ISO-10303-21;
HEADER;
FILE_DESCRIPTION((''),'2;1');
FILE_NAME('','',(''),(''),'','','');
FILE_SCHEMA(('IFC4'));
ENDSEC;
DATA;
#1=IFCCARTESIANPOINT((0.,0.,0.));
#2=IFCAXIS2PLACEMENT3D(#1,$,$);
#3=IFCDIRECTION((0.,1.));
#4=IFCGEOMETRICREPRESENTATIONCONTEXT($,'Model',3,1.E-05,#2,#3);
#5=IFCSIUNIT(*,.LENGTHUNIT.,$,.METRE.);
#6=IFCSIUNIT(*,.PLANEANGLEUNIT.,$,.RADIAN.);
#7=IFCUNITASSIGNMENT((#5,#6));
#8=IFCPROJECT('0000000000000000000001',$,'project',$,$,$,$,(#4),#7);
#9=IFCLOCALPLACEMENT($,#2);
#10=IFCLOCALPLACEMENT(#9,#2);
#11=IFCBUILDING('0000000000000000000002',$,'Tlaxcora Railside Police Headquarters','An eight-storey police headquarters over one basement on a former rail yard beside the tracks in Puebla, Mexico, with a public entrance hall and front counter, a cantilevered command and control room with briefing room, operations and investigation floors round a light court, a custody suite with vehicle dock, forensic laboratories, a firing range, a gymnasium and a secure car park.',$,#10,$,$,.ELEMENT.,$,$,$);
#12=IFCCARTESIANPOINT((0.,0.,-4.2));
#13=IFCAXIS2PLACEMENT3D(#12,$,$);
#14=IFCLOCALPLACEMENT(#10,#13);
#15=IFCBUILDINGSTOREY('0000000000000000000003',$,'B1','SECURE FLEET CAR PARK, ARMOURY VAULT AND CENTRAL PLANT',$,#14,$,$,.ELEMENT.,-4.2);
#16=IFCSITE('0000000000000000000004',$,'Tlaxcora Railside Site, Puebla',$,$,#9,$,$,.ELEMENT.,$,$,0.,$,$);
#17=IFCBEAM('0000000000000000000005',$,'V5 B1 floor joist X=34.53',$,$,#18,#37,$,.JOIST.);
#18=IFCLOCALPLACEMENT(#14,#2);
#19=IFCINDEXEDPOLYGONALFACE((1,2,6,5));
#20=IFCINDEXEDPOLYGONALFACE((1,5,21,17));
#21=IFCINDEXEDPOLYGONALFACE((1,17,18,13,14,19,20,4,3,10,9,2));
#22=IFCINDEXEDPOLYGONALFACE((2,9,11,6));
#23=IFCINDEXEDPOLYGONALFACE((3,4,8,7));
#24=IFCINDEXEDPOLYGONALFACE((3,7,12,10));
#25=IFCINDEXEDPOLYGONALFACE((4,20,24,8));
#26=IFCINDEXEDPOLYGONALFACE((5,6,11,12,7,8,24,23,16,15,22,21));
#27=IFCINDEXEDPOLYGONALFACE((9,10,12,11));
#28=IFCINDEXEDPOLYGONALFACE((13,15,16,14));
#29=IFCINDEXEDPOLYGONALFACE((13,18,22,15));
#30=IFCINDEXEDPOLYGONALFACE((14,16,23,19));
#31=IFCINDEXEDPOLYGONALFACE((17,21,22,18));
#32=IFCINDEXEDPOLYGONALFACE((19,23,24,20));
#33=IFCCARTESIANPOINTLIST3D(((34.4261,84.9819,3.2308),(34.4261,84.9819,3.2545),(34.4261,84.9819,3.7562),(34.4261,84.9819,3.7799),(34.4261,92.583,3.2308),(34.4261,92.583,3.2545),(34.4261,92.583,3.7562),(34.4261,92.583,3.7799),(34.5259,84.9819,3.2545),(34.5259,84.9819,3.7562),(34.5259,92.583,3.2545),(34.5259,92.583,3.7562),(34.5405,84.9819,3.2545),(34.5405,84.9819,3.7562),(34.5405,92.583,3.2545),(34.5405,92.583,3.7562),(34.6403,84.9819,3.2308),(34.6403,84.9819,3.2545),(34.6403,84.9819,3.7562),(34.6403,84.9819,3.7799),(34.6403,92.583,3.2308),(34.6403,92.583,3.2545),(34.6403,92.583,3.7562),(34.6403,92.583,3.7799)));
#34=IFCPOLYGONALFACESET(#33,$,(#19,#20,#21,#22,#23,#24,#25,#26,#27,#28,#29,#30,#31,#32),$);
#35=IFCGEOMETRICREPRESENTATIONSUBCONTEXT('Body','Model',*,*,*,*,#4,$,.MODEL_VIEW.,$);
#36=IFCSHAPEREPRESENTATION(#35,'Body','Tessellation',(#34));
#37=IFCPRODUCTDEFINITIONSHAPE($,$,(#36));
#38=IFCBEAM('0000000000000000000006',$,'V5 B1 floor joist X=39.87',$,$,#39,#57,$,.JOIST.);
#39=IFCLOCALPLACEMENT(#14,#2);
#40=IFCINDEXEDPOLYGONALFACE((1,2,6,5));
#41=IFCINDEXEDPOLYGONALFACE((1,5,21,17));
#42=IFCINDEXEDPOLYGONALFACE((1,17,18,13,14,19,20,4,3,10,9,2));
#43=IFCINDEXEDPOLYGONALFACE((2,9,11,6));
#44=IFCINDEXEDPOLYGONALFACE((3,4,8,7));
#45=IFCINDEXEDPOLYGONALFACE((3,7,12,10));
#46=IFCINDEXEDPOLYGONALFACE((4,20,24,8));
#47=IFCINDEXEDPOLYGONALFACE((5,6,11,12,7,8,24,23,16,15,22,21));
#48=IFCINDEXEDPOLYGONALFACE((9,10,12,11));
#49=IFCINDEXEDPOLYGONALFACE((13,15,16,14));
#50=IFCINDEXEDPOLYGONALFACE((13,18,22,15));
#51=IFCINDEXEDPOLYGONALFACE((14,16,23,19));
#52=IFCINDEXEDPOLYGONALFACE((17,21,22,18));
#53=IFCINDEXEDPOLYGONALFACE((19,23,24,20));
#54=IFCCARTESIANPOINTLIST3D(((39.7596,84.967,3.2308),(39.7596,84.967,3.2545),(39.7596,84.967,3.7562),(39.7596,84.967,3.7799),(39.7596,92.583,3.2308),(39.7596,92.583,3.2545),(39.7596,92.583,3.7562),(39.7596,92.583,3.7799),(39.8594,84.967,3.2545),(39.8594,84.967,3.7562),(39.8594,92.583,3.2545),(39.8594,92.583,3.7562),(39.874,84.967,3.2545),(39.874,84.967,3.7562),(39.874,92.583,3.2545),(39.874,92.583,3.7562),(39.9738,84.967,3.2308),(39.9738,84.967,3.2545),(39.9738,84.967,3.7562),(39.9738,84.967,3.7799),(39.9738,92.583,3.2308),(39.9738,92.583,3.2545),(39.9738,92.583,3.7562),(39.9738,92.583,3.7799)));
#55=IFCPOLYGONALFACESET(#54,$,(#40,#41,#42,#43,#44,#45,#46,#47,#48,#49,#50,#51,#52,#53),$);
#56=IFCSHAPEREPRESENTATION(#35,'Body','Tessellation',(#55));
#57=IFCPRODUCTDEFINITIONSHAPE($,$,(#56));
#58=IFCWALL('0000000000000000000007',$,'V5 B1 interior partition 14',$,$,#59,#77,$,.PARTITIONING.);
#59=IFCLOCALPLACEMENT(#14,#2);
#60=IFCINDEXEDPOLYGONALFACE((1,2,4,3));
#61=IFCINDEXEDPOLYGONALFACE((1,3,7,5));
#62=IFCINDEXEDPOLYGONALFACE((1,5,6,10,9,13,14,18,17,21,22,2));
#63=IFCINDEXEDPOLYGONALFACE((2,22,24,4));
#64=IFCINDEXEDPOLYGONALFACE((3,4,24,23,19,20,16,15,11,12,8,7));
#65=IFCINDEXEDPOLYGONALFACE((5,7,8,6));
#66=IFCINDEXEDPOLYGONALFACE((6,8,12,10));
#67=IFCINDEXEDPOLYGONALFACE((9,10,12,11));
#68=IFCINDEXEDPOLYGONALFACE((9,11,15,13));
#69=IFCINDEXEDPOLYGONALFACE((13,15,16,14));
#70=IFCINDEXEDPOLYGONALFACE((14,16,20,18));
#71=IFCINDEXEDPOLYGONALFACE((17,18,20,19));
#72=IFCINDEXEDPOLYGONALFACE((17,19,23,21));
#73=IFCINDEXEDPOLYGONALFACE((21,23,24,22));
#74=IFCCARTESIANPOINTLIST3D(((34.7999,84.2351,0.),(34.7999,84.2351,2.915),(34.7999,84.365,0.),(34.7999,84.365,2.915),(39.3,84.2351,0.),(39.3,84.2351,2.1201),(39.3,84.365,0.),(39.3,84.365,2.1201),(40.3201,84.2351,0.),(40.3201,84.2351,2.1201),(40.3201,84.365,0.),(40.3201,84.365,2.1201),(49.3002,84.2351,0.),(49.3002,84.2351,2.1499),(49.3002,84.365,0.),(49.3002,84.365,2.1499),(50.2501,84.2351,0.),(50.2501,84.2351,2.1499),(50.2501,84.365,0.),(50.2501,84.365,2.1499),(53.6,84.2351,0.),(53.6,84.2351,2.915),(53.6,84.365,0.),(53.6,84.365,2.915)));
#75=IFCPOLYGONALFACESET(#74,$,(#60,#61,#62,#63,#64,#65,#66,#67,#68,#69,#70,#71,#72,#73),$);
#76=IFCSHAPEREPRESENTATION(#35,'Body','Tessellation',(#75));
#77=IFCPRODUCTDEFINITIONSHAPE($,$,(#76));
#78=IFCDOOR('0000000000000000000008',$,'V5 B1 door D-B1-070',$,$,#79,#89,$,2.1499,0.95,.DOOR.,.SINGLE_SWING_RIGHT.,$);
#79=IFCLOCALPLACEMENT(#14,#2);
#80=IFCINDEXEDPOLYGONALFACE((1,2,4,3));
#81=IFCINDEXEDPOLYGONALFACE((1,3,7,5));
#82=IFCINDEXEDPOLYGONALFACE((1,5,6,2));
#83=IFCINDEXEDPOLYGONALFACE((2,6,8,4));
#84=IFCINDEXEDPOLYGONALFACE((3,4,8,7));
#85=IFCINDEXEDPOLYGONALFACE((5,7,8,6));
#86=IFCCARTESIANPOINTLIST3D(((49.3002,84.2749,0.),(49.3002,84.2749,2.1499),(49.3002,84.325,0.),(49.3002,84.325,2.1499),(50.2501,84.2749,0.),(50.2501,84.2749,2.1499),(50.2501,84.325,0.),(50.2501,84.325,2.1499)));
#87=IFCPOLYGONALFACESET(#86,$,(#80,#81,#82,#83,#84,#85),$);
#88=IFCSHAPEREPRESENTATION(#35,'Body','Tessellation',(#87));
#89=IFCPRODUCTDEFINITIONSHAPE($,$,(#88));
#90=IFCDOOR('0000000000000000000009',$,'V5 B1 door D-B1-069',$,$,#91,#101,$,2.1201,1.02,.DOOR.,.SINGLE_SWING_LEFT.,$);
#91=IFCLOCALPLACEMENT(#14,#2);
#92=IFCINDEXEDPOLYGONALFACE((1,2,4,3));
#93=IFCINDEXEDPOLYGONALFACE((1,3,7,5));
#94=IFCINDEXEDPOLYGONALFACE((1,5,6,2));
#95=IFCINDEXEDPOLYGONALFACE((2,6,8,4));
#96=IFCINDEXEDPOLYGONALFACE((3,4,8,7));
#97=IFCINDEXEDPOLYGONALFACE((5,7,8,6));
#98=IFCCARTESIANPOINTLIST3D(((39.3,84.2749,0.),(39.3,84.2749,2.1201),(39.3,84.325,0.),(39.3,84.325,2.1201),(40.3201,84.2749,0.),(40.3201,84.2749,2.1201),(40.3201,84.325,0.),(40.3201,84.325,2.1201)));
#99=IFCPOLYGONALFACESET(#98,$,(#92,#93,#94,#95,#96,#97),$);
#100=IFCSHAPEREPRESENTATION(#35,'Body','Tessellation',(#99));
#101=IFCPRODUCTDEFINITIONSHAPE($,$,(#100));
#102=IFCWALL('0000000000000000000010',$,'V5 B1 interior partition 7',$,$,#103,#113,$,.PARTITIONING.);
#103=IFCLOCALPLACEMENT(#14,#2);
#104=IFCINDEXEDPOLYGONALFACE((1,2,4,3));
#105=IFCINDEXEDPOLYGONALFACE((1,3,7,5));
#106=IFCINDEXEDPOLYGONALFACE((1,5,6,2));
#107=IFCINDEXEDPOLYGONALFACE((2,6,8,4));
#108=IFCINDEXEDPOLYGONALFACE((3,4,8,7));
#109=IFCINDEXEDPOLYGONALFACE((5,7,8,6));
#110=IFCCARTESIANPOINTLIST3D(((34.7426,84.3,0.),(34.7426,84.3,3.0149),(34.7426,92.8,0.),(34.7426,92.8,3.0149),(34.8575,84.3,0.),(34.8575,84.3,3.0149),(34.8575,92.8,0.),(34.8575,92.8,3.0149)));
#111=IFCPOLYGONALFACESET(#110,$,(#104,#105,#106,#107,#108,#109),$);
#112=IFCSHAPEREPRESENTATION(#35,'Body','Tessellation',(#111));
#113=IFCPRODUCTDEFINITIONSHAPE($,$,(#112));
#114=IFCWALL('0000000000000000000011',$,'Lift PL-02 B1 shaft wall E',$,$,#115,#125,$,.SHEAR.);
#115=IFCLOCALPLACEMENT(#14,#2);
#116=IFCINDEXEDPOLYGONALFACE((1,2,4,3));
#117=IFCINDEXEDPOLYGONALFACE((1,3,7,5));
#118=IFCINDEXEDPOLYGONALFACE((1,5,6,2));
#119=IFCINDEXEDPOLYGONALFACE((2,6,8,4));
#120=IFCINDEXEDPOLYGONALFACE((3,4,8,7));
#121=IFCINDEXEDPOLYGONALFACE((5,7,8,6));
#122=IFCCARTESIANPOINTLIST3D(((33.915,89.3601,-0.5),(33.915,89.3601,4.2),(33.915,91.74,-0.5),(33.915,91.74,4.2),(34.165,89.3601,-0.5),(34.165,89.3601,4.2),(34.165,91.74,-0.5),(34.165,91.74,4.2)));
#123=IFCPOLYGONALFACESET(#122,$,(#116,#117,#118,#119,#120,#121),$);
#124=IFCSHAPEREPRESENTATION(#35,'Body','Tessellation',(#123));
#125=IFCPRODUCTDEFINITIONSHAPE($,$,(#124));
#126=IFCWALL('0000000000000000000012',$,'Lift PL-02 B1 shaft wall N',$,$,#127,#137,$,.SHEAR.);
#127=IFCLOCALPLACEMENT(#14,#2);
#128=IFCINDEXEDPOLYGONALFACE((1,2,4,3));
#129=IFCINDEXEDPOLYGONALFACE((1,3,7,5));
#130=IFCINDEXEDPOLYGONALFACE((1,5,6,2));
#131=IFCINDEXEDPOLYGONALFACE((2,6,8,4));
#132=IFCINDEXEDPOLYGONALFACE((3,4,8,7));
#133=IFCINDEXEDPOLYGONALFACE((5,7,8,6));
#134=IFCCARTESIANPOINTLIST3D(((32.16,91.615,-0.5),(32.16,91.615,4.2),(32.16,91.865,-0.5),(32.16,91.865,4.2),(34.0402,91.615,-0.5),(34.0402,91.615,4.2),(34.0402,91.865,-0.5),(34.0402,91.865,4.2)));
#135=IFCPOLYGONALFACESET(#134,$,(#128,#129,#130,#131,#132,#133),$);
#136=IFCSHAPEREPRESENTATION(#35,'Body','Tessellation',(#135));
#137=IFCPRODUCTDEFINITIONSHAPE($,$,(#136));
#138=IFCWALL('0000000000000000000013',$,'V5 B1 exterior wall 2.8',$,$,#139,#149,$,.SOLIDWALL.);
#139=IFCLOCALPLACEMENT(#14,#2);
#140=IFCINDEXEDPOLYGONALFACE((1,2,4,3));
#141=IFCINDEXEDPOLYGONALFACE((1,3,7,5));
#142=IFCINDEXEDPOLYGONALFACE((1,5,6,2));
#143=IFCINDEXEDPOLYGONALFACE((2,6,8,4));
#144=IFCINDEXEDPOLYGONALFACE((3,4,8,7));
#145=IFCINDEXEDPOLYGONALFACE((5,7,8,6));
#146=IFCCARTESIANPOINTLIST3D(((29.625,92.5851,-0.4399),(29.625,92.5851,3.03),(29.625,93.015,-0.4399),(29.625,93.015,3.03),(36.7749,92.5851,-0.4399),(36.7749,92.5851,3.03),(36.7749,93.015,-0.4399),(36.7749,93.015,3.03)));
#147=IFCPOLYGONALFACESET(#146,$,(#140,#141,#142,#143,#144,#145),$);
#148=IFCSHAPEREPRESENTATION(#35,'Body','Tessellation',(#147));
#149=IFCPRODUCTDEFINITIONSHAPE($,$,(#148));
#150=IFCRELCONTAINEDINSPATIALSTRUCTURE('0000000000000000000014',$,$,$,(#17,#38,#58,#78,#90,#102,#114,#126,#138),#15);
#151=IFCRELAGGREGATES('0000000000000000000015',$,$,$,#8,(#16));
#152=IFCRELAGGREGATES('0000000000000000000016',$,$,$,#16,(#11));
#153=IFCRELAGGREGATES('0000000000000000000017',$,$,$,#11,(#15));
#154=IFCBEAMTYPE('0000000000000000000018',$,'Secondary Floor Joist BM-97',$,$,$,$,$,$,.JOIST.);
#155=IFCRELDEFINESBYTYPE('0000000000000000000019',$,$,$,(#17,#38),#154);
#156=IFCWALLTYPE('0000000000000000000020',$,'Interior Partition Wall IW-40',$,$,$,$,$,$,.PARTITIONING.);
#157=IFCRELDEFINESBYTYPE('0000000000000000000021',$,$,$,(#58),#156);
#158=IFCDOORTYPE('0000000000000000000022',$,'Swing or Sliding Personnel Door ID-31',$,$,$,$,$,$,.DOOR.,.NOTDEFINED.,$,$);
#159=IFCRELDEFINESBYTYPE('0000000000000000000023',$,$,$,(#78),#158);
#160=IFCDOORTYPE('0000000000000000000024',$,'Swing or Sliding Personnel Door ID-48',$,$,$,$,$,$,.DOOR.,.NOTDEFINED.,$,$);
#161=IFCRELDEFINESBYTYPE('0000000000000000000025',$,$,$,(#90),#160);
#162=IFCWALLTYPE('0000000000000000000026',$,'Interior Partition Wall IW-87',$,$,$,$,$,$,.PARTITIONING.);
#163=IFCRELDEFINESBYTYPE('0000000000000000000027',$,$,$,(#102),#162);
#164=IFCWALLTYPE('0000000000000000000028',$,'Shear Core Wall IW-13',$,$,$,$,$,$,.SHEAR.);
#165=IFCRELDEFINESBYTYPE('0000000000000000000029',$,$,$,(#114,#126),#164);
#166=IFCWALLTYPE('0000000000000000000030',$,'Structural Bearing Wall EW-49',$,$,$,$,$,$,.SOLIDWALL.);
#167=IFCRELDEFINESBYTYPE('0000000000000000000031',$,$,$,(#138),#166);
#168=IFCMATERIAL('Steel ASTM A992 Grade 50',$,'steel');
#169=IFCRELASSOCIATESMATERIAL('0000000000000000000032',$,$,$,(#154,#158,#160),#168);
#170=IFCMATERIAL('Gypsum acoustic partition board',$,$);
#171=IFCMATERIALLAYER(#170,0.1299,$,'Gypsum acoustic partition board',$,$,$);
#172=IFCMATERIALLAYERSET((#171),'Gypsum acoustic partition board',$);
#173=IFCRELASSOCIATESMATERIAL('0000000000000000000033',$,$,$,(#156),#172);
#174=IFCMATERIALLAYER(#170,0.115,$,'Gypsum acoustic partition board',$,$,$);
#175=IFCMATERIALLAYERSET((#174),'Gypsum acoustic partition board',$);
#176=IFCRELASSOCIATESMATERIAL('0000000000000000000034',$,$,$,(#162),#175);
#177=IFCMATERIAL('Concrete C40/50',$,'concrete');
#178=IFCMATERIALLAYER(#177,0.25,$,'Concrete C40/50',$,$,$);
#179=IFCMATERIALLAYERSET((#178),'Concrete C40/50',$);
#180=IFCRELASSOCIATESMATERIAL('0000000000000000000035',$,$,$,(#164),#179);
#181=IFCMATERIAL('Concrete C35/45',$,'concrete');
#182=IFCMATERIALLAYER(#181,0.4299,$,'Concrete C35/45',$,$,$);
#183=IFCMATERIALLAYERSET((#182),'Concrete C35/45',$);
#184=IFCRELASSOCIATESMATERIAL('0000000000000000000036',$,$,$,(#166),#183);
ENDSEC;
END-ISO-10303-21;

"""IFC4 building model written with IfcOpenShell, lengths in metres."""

from ifc_helpers import new_model, si_unit, direction, frame, frame_2d, origin, origin_2d, place, context, subcontext, project, spatial, rectangle, i_section, extrude, material, layer, layer_set, material_profile, profile_set, type_object, element, fill, save


model = new_model("IFC4")

# Units and contexts
model_context = context("Model", 3, precision=1e-05, world=origin(), true_north=direction((0.0, 1.0)))
body_context = subcontext(model_context, "Body", "Model", "MODEL_VIEW")
ifc_project = project(units=[si_unit("LENGTHUNIT", "METRE"), si_unit("PLANEANGLEUNIT", "RADIAN")], contexts=[model_context])

# Site, building, storey
site_placement = place(None, origin())
site = spatial("IfcSite", under=ifc_project, at=site_placement, Name="Tlaxcora Railside Site, Puebla", CompositionType="ELEMENT", RefElevation=0.0)
building_placement = place(site_placement, origin())
building = spatial("IfcBuilding", under=site, at=building_placement, Name="Tlaxcora Railside Police Headquarters", Description="An eight-storey police headquarters over one basement on a former rail yard beside the tracks in Puebla, Mexico, with a public entrance hall and front counter, a cantilevered command and control room with briefing room, operations and investigation floors round a light court, a custody suite with vehicle dock, forensic laboratories, a firing range, a gymnasium and a secure car park.", CompositionType="ELEMENT")
storey_placement = place(building_placement, frame((0.0, 0.0, -4.2)))
storey = spatial("IfcBuildingStorey", under=building, at=storey_placement, Name="B1", Description="SECURE FLEET CAR PARK, ARMOURY VAULT AND CENTRAL PLANT", CompositionType="ELEMENT", Elevation=-4.2)

# Shared definitions
ifc_material_1 = material(Name="Concrete C35/45", Category="concrete")

# Shared definitions
ifc_material_2 = material(Name="Concrete C40/50", Category="concrete")

# Beams
ifc_material_3 = material(Name="Steel ASTM A992 Grade 50", Category="steel")
ifc_material_profile_1 = material_profile(ifc_material_3, i_section(OverallWidth=0.2141, OverallDepth=0.5491, WebThickness=0.0146, FlangeThickness=0.0237, at=origin_2d()), Name="W21X93")
ifc_profile_set_1 = profile_set([ifc_material_profile_1], Name="Steel ASTM A992 Grade 50")
beam_type_1 = type_object("IfcBeamType", Name="Secondary Floor Joist BM-97", PredefinedType="JOIST", material=ifc_profile_set_1)
beam_1_placement = place(storey_placement, frame((34.5332, 84.9819, 3.5054), z_axis=(0.0, 1.0, 0.0), x_axis=(-1.0, 0.0, 0.0)))
element("IfcBeam", 1, at=beam_1_placement, inside=storey, type_object=beam_type_1, Name="V5 B1 floor joist X=34.53", PredefinedType="JOIST", context=body_context, shape_type="SweptSolid", body=[
    extrude(i_section(OverallWidth=0.2141, OverallDepth=0.5491, WebThickness=0.0146, FlangeThickness=0.0237, at=origin_2d()), origin(), (0.0, 0.0, 1.0), 7.6011),
])
beam_2_placement = place(storey_placement, frame((39.8667, 84.967, 3.5054), z_axis=(0.0, 1.0, 0.0), x_axis=(-1.0, 0.0, 0.0)))
element("IfcBeam", 2, at=beam_2_placement, inside=storey, type_object=beam_type_1, Name="V5 B1 floor joist X=39.87", PredefinedType="JOIST", context=body_context, shape_type="SweptSolid", body=[
    extrude(i_section(OverallWidth=0.2141, OverallDepth=0.5491, WebThickness=0.0146, FlangeThickness=0.0237, at=origin_2d()), origin(), (0.0, 0.0, 1.0), 7.616),
])

# Wall, openings, doors
ifc_material_4 = material(Name="Gypsum acoustic partition board")
ifc_layer_1 = layer(ifc_material_4, 0.1299, Name="Gypsum acoustic partition board")
ifc_layer_set_1 = layer_set([ifc_layer_1], Name="Gypsum acoustic partition board")
wall_type_1 = type_object("IfcWallType", Name="Interior Partition Wall IW-40", PredefinedType="PARTITIONING", material=ifc_layer_set_1)
wall_1_placement = place(storey_placement, frame((34.8, 84.3, 0.0), z_axis=(0.0, 0.0, 1.0), x_axis=(1.0, 0.0, 0.0)))
wall_1 = element("IfcWall", 3, at=wall_1_placement, inside=storey, type_object=wall_type_1, Name="V5 B1 interior partition 14", PredefinedType="PARTITIONING", context=body_context, shape_type="SweptSolid", body=[
    extrude(rectangle(XDim=18.8, YDim=0.1299, at=frame_2d((9.3999, 0.0))), origin(), (0.0, 0.0, 1.0), 2.915),
])
opening_1_placement = place(wall_1_placement, frame((4.5, 0.0, 0.0)))
opening_1 = element("IfcOpeningElement", 4, at=opening_1_placement, cuts=wall_1, PredefinedType="OPENING", context=body_context, shape_type="SweptSolid", body=[
    extrude(rectangle(XDim=1.02, YDim=2.1201, at=frame_2d((0.51, 1.0601))), frame((0.0, 0.075, 0.0), z_axis=(0.0, -1.0, 0.0), x_axis=(1.0, 0.0, 0.0)), (0.0, 0.0, 1.0), 0.1499),
])
opening_2_placement = place(wall_1_placement, frame((14.5, 0.0, 0.0)))
opening_2 = element("IfcOpeningElement", 5, at=opening_2_placement, cuts=wall_1, PredefinedType="OPENING", context=body_context, shape_type="SweptSolid", body=[
    extrude(rectangle(XDim=0.95, YDim=2.1499, at=frame_2d((0.4751, 1.075))), frame((0.0, 0.075, 0.0), z_axis=(0.0, -1.0, 0.0), x_axis=(1.0, 0.0, 0.0)), (0.0, 0.0, 1.0), 0.1499),
])
door_type_1 = type_object("IfcDoorType", Name="Swing or Sliding Personnel Door ID-31", OperationType="NOTDEFINED", PredefinedType="DOOR", material=ifc_material_3)
door_1_placement = place(opening_2_placement, origin())
door_1 = element("IfcDoor", 6, at=door_1_placement, inside=storey, type_object=door_type_1, Name="V5 B1 door D-B1-070", OperationType="SINGLE_SWING_RIGHT", OverallHeight=2.1499, OverallWidth=0.95, PredefinedType="DOOR", context=body_context, shape_type="SweptSolid", body=[
    extrude(rectangle(XDim=0.95, YDim=2.1499, at=frame_2d((0.4751, 1.075))), frame((0.0, 0.0249, 0.0), z_axis=(0.0, -1.0, 0.0), x_axis=(1.0, 0.0, 0.0)), (0.0, 0.0, 1.0), 0.05),
])
fill(opening_2, door_1)
door_type_2 = type_object("IfcDoorType", Name="Swing or Sliding Personnel Door ID-48", OperationType="NOTDEFINED", PredefinedType="DOOR", material=ifc_material_3)
door_2_placement = place(opening_1_placement, origin())
door_2 = element("IfcDoor", 7, at=door_2_placement, inside=storey, type_object=door_type_2, Name="V5 B1 door D-B1-069", OperationType="SINGLE_SWING_LEFT", OverallHeight=2.1201, OverallWidth=1.02, PredefinedType="DOOR", context=body_context, shape_type="SweptSolid", body=[
    extrude(rectangle(XDim=1.02, YDim=2.1201, at=frame_2d((0.51, 1.0601))), frame((0.0, 0.0249, 0.0), z_axis=(0.0, -1.0, 0.0), x_axis=(1.0, 0.0, 0.0)), (0.0, 0.0, 1.0), 0.05),
])
fill(opening_1, door_2)

# Walls
ifc_layer_2 = layer(ifc_material_4, 0.115, Name="Gypsum acoustic partition board")
ifc_layer_set_2 = layer_set([ifc_layer_2], Name="Gypsum acoustic partition board")
wall_type_2 = type_object("IfcWallType", Name="Interior Partition Wall IW-87", PredefinedType="PARTITIONING", material=ifc_layer_set_2)
wall_2_placement = place(storey_placement, frame((34.8, 84.3, 0.0), z_axis=(0.0, 0.0, 1.0), x_axis=(0.0, 1.0, 0.0)))
element("IfcWall", 8, at=wall_2_placement, inside=storey, type_object=wall_type_2, Name="V5 B1 interior partition 7", PredefinedType="PARTITIONING", context=body_context, shape_type="SweptSolid", body=[
    extrude(rectangle(XDim=8.5, YDim=0.115, at=frame_2d((4.25, 0.0))), origin(), (0.0, 0.0, 1.0), 3.0149),
])
ifc_layer_3 = layer(ifc_material_2, 0.25, Name="Concrete C40/50")
ifc_layer_set_3 = layer_set([ifc_layer_3], Name="Concrete C40/50")
wall_type_3 = type_object("IfcWallType", Name="Shear Core Wall IW-13", PredefinedType="SHEAR", material=ifc_layer_set_3)
wall_3_placement = place(storey_placement, frame((34.04, 89.3601, -0.5), z_axis=(0.0, 0.0, 1.0), x_axis=(0.0, 1.0, 0.0)))
element("IfcWall", 9, at=wall_3_placement, inside=storey, type_object=wall_type_3, Name="Lift PL-02 B1 shaft wall E", PredefinedType="SHEAR", context=body_context, shape_type="SweptSolid", body=[
    extrude(rectangle(XDim=2.3799, YDim=0.25, at=frame_2d((1.1899, 0.0))), origin(), (0.0, 0.0, 1.0), 4.7),
])
wall_4_placement = place(storey_placement, frame((34.04, 91.74, -0.5), z_axis=(0.0, 0.0, 1.0), x_axis=(-1.0, 0.0, 0.0)))
element("IfcWall", 10, at=wall_4_placement, inside=storey, type_object=wall_type_3, Name="Lift PL-02 B1 shaft wall N", PredefinedType="SHEAR", context=body_context, shape_type="SweptSolid", body=[
    extrude(rectangle(XDim=1.8801, YDim=0.25, at=frame_2d((0.9399, 0.0))), origin(), (0.0, 0.0, 1.0), 4.7),
])
ifc_layer_4 = layer(ifc_material_1, 0.4299, Name="Concrete C35/45")
ifc_layer_set_4 = layer_set([ifc_layer_4], Name="Concrete C35/45")
wall_type_4 = type_object("IfcWallType", Name="Structural Bearing Wall EW-49", PredefinedType="SOLIDWALL", material=ifc_layer_set_4)
wall_5_placement = place(storey_placement, frame((36.7749, 92.8, -0.4399), z_axis=(0.0, 0.0, 1.0), x_axis=(-1.0, 0.0, 0.0)))
element("IfcWall", 11, at=wall_5_placement, inside=storey, type_object=wall_type_4, Name="V5 B1 exterior wall 2.8", PredefinedType="SOLIDWALL", context=body_context, shape_type="SweptSolid", body=[
    extrude(rectangle(XDim=7.1499, YDim=0.4299, at=frame_2d((3.575, 0.0))), origin(), (0.0, 0.0, 1.0), 3.47),
])

save(model, "model.ifc")
